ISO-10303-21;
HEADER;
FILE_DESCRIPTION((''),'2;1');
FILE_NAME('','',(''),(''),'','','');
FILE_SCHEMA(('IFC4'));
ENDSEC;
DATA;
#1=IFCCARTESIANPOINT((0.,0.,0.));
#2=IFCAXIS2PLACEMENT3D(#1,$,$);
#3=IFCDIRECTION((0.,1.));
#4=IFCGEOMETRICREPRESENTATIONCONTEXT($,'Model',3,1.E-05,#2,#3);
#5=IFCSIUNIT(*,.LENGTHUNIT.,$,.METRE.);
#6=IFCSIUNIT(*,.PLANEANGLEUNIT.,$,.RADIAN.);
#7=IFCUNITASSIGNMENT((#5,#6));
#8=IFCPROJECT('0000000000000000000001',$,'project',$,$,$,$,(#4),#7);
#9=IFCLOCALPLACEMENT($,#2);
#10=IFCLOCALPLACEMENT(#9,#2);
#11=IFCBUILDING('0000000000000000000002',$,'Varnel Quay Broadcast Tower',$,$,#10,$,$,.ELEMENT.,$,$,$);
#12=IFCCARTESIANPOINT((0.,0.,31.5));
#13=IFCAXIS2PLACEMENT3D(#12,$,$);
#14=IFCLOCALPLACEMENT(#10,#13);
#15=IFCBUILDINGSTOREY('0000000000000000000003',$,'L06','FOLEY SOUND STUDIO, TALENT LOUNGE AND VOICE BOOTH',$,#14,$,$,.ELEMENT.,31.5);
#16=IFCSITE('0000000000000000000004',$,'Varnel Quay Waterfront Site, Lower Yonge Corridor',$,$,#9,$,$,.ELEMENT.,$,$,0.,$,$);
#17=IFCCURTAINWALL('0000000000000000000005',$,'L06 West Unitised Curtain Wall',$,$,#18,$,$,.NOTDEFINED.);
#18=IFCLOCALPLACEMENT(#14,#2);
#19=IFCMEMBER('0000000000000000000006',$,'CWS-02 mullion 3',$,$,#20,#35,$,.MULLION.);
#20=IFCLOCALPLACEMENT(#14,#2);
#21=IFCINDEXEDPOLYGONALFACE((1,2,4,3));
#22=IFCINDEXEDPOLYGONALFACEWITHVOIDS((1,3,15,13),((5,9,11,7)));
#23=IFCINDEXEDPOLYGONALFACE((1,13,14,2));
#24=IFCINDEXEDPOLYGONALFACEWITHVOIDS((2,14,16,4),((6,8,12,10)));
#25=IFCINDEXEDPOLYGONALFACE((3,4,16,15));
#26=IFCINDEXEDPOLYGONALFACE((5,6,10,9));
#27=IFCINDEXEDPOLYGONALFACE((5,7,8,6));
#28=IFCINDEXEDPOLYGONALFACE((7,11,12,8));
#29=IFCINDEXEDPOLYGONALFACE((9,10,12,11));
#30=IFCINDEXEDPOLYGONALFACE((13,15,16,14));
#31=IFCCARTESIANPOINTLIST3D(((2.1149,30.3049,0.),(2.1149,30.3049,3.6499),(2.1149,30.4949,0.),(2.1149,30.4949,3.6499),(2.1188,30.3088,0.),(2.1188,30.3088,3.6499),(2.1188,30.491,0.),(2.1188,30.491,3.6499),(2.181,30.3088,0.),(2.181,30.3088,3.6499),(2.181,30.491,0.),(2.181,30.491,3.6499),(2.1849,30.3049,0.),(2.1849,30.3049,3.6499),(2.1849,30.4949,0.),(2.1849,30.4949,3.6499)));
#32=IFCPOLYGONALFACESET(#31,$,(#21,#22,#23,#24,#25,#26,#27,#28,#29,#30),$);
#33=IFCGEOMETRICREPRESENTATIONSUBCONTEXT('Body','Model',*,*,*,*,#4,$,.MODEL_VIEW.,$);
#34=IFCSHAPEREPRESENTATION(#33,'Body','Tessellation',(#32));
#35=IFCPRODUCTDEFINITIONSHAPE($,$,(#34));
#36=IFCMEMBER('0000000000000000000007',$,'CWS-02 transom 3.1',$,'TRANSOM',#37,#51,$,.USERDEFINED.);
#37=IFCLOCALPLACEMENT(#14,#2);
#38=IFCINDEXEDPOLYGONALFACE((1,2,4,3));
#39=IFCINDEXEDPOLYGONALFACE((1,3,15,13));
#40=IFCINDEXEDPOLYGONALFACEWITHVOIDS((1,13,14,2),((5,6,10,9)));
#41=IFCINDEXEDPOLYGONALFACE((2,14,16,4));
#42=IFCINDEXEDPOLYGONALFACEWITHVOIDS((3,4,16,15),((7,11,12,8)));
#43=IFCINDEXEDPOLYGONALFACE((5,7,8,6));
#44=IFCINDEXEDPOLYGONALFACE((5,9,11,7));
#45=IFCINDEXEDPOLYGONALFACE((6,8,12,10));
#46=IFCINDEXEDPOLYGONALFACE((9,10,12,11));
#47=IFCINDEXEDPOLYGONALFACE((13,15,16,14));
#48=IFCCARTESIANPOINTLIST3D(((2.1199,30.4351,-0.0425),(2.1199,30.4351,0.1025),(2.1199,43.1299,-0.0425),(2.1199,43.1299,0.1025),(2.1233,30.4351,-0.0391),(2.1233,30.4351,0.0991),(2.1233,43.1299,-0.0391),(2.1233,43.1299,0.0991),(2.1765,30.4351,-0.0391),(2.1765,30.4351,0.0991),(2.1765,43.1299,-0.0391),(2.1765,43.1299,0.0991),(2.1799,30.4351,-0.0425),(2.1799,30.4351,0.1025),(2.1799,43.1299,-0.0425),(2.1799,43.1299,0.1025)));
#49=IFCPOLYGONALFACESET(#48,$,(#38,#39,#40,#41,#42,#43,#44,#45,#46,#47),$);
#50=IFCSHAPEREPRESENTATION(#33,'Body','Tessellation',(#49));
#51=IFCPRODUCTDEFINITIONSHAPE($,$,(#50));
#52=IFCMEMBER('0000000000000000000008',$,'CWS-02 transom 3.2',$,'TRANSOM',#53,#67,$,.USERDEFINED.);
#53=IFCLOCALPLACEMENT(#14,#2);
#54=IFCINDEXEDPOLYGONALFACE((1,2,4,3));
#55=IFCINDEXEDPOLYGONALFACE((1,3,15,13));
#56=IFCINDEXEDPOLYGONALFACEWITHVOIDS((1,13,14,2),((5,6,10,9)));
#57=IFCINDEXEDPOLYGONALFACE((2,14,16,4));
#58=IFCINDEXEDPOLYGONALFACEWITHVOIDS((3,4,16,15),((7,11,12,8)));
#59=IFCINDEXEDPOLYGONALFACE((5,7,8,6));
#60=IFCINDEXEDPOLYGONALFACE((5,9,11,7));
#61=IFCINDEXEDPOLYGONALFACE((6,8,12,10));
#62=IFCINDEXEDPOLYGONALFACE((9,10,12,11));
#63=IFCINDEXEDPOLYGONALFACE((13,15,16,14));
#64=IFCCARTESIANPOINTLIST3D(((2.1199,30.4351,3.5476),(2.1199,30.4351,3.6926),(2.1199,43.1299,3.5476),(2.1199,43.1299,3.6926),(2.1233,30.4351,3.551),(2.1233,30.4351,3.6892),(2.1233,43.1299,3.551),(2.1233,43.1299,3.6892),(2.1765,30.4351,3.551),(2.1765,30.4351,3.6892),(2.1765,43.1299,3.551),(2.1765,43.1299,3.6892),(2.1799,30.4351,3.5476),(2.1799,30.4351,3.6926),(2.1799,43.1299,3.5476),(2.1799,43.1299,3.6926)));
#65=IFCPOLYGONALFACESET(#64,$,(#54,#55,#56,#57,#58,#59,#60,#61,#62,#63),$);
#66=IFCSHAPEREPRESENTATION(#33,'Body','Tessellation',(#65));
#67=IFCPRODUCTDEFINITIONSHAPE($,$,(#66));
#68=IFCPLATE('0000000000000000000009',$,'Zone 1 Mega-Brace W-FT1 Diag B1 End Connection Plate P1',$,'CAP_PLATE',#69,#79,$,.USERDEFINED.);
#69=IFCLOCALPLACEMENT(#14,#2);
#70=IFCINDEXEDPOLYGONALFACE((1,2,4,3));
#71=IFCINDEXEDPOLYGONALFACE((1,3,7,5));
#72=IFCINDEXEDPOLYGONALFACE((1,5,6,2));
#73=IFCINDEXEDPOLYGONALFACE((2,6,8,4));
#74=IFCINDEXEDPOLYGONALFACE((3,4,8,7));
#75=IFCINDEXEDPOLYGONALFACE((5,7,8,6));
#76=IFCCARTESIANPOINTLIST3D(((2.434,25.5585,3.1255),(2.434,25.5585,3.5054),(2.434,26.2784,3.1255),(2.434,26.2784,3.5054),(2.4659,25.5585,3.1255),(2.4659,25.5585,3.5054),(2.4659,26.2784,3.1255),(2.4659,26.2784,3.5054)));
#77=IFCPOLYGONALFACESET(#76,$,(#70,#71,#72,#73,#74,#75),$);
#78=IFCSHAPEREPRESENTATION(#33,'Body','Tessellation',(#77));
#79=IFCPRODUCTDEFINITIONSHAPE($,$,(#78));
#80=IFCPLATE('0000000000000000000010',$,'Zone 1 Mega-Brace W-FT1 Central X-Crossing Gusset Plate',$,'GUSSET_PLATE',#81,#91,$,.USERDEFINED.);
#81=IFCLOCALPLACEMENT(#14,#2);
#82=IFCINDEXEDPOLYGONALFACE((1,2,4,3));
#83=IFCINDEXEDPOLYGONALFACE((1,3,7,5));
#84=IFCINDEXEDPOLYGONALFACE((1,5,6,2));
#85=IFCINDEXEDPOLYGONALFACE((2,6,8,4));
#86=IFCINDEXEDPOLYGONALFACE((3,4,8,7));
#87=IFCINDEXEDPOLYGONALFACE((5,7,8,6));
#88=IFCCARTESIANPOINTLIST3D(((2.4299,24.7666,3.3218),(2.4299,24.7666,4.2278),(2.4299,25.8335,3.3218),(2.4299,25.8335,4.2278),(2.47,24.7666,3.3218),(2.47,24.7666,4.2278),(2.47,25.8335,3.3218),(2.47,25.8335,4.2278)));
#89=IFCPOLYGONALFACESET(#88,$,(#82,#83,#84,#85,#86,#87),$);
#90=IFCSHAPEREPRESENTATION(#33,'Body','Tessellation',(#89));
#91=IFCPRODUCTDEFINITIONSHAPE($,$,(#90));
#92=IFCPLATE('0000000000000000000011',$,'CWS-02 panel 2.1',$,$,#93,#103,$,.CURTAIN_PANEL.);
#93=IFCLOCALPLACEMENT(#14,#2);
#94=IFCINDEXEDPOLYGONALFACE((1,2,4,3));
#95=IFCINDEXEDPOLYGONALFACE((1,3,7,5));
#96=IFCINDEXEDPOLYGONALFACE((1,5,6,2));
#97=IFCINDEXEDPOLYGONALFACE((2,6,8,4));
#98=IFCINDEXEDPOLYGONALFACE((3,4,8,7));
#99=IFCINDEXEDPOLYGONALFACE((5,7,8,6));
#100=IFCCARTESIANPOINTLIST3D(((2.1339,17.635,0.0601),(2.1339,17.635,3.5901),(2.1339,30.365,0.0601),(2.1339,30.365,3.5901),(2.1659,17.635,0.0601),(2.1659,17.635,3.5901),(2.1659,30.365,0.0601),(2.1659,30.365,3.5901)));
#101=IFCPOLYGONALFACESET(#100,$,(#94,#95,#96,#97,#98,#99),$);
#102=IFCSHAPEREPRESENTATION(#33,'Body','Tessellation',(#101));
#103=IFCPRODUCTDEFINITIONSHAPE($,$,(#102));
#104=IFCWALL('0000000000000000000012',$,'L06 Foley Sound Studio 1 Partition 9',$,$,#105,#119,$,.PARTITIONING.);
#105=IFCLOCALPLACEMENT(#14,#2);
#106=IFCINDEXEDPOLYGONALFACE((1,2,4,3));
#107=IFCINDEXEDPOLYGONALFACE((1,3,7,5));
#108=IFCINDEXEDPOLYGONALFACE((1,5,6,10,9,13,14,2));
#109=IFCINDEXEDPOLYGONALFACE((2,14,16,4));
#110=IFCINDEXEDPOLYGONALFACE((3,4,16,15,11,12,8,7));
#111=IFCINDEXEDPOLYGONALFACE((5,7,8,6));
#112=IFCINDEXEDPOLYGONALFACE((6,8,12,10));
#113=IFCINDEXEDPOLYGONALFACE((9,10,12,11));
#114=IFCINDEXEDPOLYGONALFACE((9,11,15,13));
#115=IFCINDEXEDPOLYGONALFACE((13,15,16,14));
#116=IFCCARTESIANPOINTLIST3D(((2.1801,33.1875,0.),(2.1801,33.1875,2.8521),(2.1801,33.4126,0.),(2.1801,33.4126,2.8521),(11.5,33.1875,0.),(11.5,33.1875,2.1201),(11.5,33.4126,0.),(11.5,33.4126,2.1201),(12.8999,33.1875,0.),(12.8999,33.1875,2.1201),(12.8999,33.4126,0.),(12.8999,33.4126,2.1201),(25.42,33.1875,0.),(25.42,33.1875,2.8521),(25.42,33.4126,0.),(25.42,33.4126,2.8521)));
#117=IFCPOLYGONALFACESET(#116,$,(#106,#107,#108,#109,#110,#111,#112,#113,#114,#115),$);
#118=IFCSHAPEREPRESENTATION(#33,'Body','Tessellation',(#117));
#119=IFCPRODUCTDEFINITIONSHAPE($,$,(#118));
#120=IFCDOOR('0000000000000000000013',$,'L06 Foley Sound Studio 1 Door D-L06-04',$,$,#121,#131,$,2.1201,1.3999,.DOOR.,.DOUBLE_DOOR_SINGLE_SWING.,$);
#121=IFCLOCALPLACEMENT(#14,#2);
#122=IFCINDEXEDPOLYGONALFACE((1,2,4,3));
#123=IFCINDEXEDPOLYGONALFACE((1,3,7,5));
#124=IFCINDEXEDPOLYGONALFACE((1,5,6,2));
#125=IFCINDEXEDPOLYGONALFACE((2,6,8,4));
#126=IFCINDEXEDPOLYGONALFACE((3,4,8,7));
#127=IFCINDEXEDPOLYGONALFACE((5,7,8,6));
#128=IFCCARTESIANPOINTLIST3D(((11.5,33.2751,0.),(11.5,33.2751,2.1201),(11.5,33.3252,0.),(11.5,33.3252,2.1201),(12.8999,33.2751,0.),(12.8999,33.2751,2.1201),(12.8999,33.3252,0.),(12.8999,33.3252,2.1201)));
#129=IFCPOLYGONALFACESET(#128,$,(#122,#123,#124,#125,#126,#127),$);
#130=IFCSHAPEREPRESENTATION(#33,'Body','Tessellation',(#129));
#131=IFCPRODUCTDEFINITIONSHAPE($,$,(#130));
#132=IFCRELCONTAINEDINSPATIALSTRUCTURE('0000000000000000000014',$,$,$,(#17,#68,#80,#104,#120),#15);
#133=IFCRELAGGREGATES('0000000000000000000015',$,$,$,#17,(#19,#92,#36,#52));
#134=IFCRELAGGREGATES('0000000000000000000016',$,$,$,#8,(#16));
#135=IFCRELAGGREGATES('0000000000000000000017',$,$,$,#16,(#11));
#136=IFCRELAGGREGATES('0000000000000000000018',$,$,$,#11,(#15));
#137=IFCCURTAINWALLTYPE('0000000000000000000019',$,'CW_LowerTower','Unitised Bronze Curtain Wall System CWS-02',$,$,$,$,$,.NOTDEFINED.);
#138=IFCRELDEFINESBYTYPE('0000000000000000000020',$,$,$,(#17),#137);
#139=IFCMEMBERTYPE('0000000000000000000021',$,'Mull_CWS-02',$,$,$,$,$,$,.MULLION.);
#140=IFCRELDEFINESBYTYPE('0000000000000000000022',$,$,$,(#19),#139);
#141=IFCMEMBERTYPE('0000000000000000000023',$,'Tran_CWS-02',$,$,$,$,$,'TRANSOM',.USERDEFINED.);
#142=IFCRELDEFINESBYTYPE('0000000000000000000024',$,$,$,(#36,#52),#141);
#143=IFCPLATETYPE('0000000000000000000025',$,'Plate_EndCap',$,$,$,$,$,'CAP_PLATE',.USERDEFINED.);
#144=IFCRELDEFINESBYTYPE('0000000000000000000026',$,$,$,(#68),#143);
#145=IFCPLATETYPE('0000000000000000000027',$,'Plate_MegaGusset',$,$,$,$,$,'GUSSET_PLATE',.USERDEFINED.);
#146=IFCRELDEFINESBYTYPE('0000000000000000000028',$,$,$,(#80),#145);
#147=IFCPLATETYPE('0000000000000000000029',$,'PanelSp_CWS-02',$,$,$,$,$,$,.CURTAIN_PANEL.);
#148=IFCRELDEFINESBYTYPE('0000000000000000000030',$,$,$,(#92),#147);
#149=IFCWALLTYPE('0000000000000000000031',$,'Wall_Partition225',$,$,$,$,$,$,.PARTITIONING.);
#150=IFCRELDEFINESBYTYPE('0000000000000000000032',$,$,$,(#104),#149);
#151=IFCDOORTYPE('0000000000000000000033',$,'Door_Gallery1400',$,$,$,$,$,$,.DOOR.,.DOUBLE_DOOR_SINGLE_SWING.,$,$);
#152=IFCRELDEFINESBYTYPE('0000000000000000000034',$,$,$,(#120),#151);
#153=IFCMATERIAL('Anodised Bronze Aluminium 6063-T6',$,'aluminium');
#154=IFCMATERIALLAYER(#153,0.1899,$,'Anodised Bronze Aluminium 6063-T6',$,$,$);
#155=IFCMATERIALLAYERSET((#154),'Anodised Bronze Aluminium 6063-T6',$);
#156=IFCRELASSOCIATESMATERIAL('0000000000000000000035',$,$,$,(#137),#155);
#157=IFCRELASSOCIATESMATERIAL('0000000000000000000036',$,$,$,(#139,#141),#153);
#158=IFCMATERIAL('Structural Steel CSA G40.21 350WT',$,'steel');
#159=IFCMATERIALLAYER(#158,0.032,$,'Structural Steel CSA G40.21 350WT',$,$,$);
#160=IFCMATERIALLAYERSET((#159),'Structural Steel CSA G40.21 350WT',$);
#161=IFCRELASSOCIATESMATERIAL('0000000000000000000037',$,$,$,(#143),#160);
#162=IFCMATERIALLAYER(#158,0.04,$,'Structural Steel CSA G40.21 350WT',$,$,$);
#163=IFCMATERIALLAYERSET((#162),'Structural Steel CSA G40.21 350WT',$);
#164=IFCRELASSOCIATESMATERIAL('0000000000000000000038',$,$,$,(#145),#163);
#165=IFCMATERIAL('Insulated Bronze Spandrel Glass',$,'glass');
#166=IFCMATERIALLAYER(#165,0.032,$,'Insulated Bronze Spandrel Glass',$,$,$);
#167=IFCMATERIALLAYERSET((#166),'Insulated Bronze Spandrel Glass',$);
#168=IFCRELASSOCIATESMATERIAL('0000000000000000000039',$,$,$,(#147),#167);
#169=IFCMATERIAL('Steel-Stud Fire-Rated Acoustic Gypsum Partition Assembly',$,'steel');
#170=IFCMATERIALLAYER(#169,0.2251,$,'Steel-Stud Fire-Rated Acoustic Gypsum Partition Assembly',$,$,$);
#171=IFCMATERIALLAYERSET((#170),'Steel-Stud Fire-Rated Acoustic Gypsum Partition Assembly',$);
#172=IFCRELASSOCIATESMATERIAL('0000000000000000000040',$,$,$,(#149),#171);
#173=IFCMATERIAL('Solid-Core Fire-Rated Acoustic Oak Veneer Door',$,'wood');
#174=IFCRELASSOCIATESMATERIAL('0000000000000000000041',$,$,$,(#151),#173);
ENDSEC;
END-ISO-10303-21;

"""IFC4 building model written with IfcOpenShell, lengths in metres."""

from ifc_helpers import new_model, si_unit, direction, frame, frame_2d, origin, origin_2d, place, context, subcontext, project, spatial, rectangle, hollow_rectangle, extrude, source, transform, mapped, material, layer, layer_set, material_profile, profile_set, type_object, type_shapes, element, fill, aggregate, save


model = new_model("IFC4")

# Units and contexts
model_context = context("Model", 3, precision=1e-05, world=origin(), true_north=direction((0.0, 1.0)))
body_context = subcontext(model_context, "Body", "Model", "MODEL_VIEW")
ifc_project = project(units=[si_unit("LENGTHUNIT", "METRE"), si_unit("PLANEANGLEUNIT", "RADIAN")], contexts=[model_context])

# Site, building, storey
site_placement = place(None, origin())
site = spatial("IfcSite", under=ifc_project, at=site_placement, Name="Varnel Quay Waterfront Site, Lower Yonge Corridor", CompositionType="ELEMENT", RefElevation=0.0)
building_placement = place(site_placement, origin())
building = spatial("IfcBuilding", under=site, at=building_placement, Name="Varnel Quay Broadcast Tower", CompositionType="ELEMENT")
storey_placement = place(building_placement, frame((0.0, 0.0, 31.5)))
storey = spatial("IfcBuildingStorey", under=building, at=storey_placement, Name="L06", Description="FOLEY SOUND STUDIO, TALENT LOUNGE AND VOICE BOOTH", CompositionType="ELEMENT", Elevation=31.5)

# Shared definitions
ifc_material_1 = material(Name="Structural Steel CSA G40.21 350WT", Category="steel")

# Curtain wall, members
ifc_material_2 = material(Name="Anodised Bronze Aluminium 6063-T6", Category="aluminium")
ifc_layer_1 = layer(ifc_material_2, 0.1899, Name="Anodised Bronze Aluminium 6063-T6")
ifc_layer_set_1 = layer_set([ifc_layer_1], Name="Anodised Bronze Aluminium 6063-T6")
curtain_wall_type = type_object("IfcCurtainWallType", Name="CW_LowerTower", Description="Unitised Bronze Curtain Wall System CWS-02", PredefinedType="NOTDEFINED", material=ifc_layer_set_1)
curtain_wall_placement = place(storey_placement, origin())
curtain_wall = element("IfcCurtainWall", 1, at=curtain_wall_placement, inside=storey, type_object=curtain_wall_type, Name="L06 West Unitised Curtain Wall", PredefinedType="NOTDEFINED")
ifc_material_profile_1 = material_profile(ifc_material_2, hollow_rectangle(XDim=0.0701, YDim=0.1899, WallThickness=0.0039, at=origin_2d()), Name="ALU70X190X4")
ifc_profile_set_1 = profile_set([ifc_material_profile_1], Name="Anodised Bronze Aluminium 6063-T6")
member_type_1 = type_object("IfcMemberType", Name="Mull_CWS-02", PredefinedType="MULLION", material=ifc_profile_set_1)
shared_shape_1 = source(origin(), body_context, "Body", "SweptSolid", [
    extrude(hollow_rectangle(XDim=0.0701, YDim=0.1899, WallThickness=0.0039, at=origin_2d()), origin(), (0.0, 0.0, 1.0), 3.6499),
])
type_shapes(member_type_1, [shared_shape_1])
member_1_placement = place(storey_placement, frame((2.1499, 30.3999, 0.0), z_axis=(0.0, 0.0, 1.0), x_axis=(-1.0, 0.0, 0.0)))
member_1 = element("IfcMember", 2, at=member_1_placement, type_object=member_type_1, Name="CWS-02 mullion 3", PredefinedType="MULLION", context=body_context, shape_type="MappedRepresentation", body=[
    mapped(shared_shape_1, transform((0.0, 0.0, 0.0), x_axis=(1.0, 0.0, 0.0), y_axis=(0.0, 1.0, 0.0), z_axis=(0.0, 0.0, 1.0), scale=1.0)),
])
ifc_material_profile_2 = material_profile(ifc_material_2, hollow_rectangle(XDim=0.0601, YDim=0.145, WallThickness=0.0034, at=origin_2d()), Name="ALU60X145X3.5")
ifc_profile_set_2 = profile_set([ifc_material_profile_2], Name="Anodised Bronze Aluminium 6063-T6")
member_type_2 = type_object("IfcMemberType", Name="Tran_CWS-02", ElementType="TRANSOM", PredefinedType="USERDEFINED", material=ifc_profile_set_2)
shared_shape_2 = source(origin(), body_context, "Body", "SweptSolid", [
    extrude(hollow_rectangle(XDim=0.0601, YDim=0.145, WallThickness=0.0034, at=origin_2d()), origin(), (0.0, 0.0, 1.0), 12.6948),
])
type_shapes(member_type_2, [shared_shape_2])
member_2_placement = place(storey_placement, frame((2.1499, 30.4351, 0.03), z_axis=(0.0, 1.0, 0.0), x_axis=(-1.0, 0.0, 0.0)))
member_2 = element("IfcMember", 3, at=member_2_placement, type_object=member_type_2, Name="CWS-02 transom 3.1", ObjectType="TRANSOM", PredefinedType="USERDEFINED", context=body_context, shape_type="MappedRepresentation", body=[
    mapped(shared_shape_2, transform((0.0, 0.0, 0.0), x_axis=(1.0, 0.0, 0.0), y_axis=(0.0, 1.0, 0.0), z_axis=(0.0, 0.0, 1.0), scale=1.0)),
])
member_3_placement = place(storey_placement, frame((2.1499, 30.4351, 3.6201), z_axis=(0.0, 1.0, 0.0), x_axis=(-1.0, 0.0, 0.0)))
member_3 = element("IfcMember", 4, at=member_3_placement, type_object=member_type_2, Name="CWS-02 transom 3.2", ObjectType="TRANSOM", PredefinedType="USERDEFINED", context=body_context, shape_type="MappedRepresentation", body=[
    mapped(shared_shape_2, transform((0.0, 0.0, 0.0), x_axis=(1.0, 0.0, 0.0), y_axis=(0.0, 1.0, 0.0), z_axis=(0.0, 0.0, 1.0), scale=1.0)),
])

# Plates
ifc_layer_2 = layer(ifc_material_1, 0.032, Name="Structural Steel CSA G40.21 350WT")
ifc_layer_set_2 = layer_set([ifc_layer_2], Name="Structural Steel CSA G40.21 350WT")
plate_type_1 = type_object("IfcPlateType", Name="Plate_EndCap", ElementType="CAP_PLATE", PredefinedType="USERDEFINED", material=ifc_layer_set_2)
shared_shape_3 = source(origin(), body_context, "Body", "SweptSolid", [
    extrude(rectangle(XDim=0.72, YDim=0.032, at=origin_2d()), origin(), (0.0, 0.0, 1.0), 0.3799),
])
type_shapes(plate_type_1, [shared_shape_3])
plate_1_placement = place(storey_placement, frame((2.45, 25.9185, 3.1255), z_axis=(0.0, 0.0, 1.0), x_axis=(0.0, 1.0, 0.0)))
element("IfcPlate", 5, at=plate_1_placement, inside=storey, type_object=plate_type_1, Name="Zone 1 Mega-Brace W-FT1 Diag B1 End Connection Plate P1", ObjectType="CAP_PLATE", PredefinedType="USERDEFINED", context=body_context, shape_type="MappedRepresentation", body=[
    mapped(shared_shape_3, transform((0.0, 0.0, 0.0), x_axis=(1.0, 0.0, 0.0), y_axis=(0.0, 1.0, 0.0), z_axis=(0.0, 0.0, 1.0), scale=1.0)),
])
ifc_layer_3 = layer(ifc_material_1, 0.04, Name="Structural Steel CSA G40.21 350WT")
ifc_layer_set_3 = layer_set([ifc_layer_3], Name="Structural Steel CSA G40.21 350WT")
plate_type_2 = type_object("IfcPlateType", Name="Plate_MegaGusset", ElementType="GUSSET_PLATE", PredefinedType="USERDEFINED", material=ifc_layer_set_3)
shared_shape_4 = source(origin(), body_context, "Body", "SweptSolid", [
    extrude(rectangle(XDim=1.0669, YDim=0.04, at=origin_2d()), origin(), (0.0, 0.0, 1.0), 0.906),
])
type_shapes(plate_type_2, [shared_shape_4])
plate_2_placement = place(storey_placement, frame((2.45, 25.3, 3.3218), z_axis=(0.0, 0.0, 1.0), x_axis=(0.0, 1.0, 0.0)))
element("IfcPlate", 6, at=plate_2_placement, inside=storey, type_object=plate_type_2, Name="Zone 1 Mega-Brace W-FT1 Central X-Crossing Gusset Plate", ObjectType="GUSSET_PLATE", PredefinedType="USERDEFINED", context=body_context, shape_type="MappedRepresentation", body=[
    mapped(shared_shape_4, transform((0.0, 0.0, 0.0), x_axis=(1.0, 0.0, 0.0), y_axis=(0.0, 1.0, 0.0), z_axis=(0.0, 0.0, 1.0), scale=1.0)),
])

# Plate
ifc_material_3 = material(Name="Insulated Bronze Spandrel Glass", Category="glass")
ifc_layer_4 = layer(ifc_material_3, 0.032, Name="Insulated Bronze Spandrel Glass")
ifc_layer_set_4 = layer_set([ifc_layer_4], Name="Insulated Bronze Spandrel Glass")
plate_type_3 = type_object("IfcPlateType", Name="PanelSp_CWS-02", PredefinedType="CURTAIN_PANEL", material=ifc_layer_set_4)
shared_shape_5 = source(origin(), body_context, "Body", "SweptSolid", [
    extrude(rectangle(XDim=12.73, YDim=0.032, at=origin_2d()), origin(), (0.0, 0.0, 1.0), 3.53),
])
type_shapes(plate_type_3, [shared_shape_5])
plate_3_placement = place(storey_placement, frame((2.1499, 24.0, 0.0601), z_axis=(0.0, 0.0, 1.0), x_axis=(0.0, 1.0, 0.0)))
plate_3 = element("IfcPlate", 7, at=plate_3_placement, type_object=plate_type_3, Name="CWS-02 panel 2.1", PredefinedType="CURTAIN_PANEL", context=body_context, shape_type="MappedRepresentation", body=[
    mapped(shared_shape_5, transform((0.0, 0.0, 0.0), x_axis=(1.0, 0.0, 0.0), y_axis=(0.0, 1.0, 0.0), z_axis=(0.0, 0.0, 1.0), scale=1.0)),
])
aggregate(curtain_wall, [member_1, plate_3, member_2, member_3])

# Wall, opening, door
ifc_material_4 = material(Name="Steel-Stud Fire-Rated Acoustic Gypsum Partition Assembly", Category="steel")
ifc_layer_5 = layer(ifc_material_4, 0.2251, Name="Steel-Stud Fire-Rated Acoustic Gypsum Partition Assembly")
ifc_layer_set_5 = layer_set([ifc_layer_5], Name="Steel-Stud Fire-Rated Acoustic Gypsum Partition Assembly")
wall_type = type_object("IfcWallType", Name="Wall_Partition225", PredefinedType="PARTITIONING", material=ifc_layer_set_5)
wall_placement = place(storey_placement, frame((2.1799, 33.3, 0.0), z_axis=(0.0, 0.0, 1.0), x_axis=(1.0, 0.0, 0.0)))
wall = element("IfcWall", 8, at=wall_placement, inside=storey, type_object=wall_type, Name="L06 Foley Sound Studio 1 Partition 9", PredefinedType="PARTITIONING", context=body_context, shape_type="SweptSolid", body=[
    extrude(rectangle(XDim=23.24, YDim=0.2251, at=frame_2d((11.6201, 0.0))), origin(), (0.0, 0.0, 1.0), 2.8521),
])
opening_placement = place(wall_placement, frame((9.3201, 0.0, 0.0)))
opening = element("IfcOpeningElement", 9, at=opening_placement, cuts=wall, PredefinedType="OPENING", context=body_context, shape_type="SweptSolid", body=[
    extrude(rectangle(XDim=1.3999, YDim=2.1201, at=frame_2d((0.7, 1.0601))), frame((0.0, 0.1226, 0.0), z_axis=(0.0, -1.0, 0.0), x_axis=(1.0, 0.0, 0.0)), (0.0, 0.0, 1.0), 0.2451),
])
ifc_material_5 = material(Name="Solid-Core Fire-Rated Acoustic Oak Veneer Door", Category="wood")
door_type = type_object("IfcDoorType", Name="Door_Gallery1400", OperationType="DOUBLE_DOOR_SINGLE_SWING", PredefinedType="DOOR", material=ifc_material_5)
shared_shape_6 = source(origin(), body_context, "Body", "SweptSolid", [
    extrude(rectangle(XDim=1.3999, YDim=2.1201, at=frame_2d((0.7, 1.0601))), frame((0.0, 0.0249, 0.0), z_axis=(0.0, -1.0, 0.0), x_axis=(1.0, 0.0, 0.0)), (0.0, 0.0, 1.0), 0.05),
])
type_shapes(door_type, [shared_shape_6])
door_placement = place(opening_placement, frame((1.3999, 0.0, 0.0), z_axis=(0.0, 0.0, 1.0), x_axis=(-1.0, 0.0, 0.0)))
door = element("IfcDoor", 10, at=door_placement, inside=storey, type_object=door_type, Name="L06 Foley Sound Studio 1 Door D-L06-04", OperationType="DOUBLE_DOOR_SINGLE_SWING", OverallHeight=2.1201, OverallWidth=1.3999, PredefinedType="DOOR", context=body_context, shape_type="MappedRepresentation", body=[
    mapped(shared_shape_6, transform((0.0, 0.0, 0.0), x_axis=(1.0, 0.0, 0.0), y_axis=(0.0, 1.0, 0.0), z_axis=(0.0, 0.0, 1.0), scale=1.0)),
])
fill(opening, door)

save(model, "model.ifc")
